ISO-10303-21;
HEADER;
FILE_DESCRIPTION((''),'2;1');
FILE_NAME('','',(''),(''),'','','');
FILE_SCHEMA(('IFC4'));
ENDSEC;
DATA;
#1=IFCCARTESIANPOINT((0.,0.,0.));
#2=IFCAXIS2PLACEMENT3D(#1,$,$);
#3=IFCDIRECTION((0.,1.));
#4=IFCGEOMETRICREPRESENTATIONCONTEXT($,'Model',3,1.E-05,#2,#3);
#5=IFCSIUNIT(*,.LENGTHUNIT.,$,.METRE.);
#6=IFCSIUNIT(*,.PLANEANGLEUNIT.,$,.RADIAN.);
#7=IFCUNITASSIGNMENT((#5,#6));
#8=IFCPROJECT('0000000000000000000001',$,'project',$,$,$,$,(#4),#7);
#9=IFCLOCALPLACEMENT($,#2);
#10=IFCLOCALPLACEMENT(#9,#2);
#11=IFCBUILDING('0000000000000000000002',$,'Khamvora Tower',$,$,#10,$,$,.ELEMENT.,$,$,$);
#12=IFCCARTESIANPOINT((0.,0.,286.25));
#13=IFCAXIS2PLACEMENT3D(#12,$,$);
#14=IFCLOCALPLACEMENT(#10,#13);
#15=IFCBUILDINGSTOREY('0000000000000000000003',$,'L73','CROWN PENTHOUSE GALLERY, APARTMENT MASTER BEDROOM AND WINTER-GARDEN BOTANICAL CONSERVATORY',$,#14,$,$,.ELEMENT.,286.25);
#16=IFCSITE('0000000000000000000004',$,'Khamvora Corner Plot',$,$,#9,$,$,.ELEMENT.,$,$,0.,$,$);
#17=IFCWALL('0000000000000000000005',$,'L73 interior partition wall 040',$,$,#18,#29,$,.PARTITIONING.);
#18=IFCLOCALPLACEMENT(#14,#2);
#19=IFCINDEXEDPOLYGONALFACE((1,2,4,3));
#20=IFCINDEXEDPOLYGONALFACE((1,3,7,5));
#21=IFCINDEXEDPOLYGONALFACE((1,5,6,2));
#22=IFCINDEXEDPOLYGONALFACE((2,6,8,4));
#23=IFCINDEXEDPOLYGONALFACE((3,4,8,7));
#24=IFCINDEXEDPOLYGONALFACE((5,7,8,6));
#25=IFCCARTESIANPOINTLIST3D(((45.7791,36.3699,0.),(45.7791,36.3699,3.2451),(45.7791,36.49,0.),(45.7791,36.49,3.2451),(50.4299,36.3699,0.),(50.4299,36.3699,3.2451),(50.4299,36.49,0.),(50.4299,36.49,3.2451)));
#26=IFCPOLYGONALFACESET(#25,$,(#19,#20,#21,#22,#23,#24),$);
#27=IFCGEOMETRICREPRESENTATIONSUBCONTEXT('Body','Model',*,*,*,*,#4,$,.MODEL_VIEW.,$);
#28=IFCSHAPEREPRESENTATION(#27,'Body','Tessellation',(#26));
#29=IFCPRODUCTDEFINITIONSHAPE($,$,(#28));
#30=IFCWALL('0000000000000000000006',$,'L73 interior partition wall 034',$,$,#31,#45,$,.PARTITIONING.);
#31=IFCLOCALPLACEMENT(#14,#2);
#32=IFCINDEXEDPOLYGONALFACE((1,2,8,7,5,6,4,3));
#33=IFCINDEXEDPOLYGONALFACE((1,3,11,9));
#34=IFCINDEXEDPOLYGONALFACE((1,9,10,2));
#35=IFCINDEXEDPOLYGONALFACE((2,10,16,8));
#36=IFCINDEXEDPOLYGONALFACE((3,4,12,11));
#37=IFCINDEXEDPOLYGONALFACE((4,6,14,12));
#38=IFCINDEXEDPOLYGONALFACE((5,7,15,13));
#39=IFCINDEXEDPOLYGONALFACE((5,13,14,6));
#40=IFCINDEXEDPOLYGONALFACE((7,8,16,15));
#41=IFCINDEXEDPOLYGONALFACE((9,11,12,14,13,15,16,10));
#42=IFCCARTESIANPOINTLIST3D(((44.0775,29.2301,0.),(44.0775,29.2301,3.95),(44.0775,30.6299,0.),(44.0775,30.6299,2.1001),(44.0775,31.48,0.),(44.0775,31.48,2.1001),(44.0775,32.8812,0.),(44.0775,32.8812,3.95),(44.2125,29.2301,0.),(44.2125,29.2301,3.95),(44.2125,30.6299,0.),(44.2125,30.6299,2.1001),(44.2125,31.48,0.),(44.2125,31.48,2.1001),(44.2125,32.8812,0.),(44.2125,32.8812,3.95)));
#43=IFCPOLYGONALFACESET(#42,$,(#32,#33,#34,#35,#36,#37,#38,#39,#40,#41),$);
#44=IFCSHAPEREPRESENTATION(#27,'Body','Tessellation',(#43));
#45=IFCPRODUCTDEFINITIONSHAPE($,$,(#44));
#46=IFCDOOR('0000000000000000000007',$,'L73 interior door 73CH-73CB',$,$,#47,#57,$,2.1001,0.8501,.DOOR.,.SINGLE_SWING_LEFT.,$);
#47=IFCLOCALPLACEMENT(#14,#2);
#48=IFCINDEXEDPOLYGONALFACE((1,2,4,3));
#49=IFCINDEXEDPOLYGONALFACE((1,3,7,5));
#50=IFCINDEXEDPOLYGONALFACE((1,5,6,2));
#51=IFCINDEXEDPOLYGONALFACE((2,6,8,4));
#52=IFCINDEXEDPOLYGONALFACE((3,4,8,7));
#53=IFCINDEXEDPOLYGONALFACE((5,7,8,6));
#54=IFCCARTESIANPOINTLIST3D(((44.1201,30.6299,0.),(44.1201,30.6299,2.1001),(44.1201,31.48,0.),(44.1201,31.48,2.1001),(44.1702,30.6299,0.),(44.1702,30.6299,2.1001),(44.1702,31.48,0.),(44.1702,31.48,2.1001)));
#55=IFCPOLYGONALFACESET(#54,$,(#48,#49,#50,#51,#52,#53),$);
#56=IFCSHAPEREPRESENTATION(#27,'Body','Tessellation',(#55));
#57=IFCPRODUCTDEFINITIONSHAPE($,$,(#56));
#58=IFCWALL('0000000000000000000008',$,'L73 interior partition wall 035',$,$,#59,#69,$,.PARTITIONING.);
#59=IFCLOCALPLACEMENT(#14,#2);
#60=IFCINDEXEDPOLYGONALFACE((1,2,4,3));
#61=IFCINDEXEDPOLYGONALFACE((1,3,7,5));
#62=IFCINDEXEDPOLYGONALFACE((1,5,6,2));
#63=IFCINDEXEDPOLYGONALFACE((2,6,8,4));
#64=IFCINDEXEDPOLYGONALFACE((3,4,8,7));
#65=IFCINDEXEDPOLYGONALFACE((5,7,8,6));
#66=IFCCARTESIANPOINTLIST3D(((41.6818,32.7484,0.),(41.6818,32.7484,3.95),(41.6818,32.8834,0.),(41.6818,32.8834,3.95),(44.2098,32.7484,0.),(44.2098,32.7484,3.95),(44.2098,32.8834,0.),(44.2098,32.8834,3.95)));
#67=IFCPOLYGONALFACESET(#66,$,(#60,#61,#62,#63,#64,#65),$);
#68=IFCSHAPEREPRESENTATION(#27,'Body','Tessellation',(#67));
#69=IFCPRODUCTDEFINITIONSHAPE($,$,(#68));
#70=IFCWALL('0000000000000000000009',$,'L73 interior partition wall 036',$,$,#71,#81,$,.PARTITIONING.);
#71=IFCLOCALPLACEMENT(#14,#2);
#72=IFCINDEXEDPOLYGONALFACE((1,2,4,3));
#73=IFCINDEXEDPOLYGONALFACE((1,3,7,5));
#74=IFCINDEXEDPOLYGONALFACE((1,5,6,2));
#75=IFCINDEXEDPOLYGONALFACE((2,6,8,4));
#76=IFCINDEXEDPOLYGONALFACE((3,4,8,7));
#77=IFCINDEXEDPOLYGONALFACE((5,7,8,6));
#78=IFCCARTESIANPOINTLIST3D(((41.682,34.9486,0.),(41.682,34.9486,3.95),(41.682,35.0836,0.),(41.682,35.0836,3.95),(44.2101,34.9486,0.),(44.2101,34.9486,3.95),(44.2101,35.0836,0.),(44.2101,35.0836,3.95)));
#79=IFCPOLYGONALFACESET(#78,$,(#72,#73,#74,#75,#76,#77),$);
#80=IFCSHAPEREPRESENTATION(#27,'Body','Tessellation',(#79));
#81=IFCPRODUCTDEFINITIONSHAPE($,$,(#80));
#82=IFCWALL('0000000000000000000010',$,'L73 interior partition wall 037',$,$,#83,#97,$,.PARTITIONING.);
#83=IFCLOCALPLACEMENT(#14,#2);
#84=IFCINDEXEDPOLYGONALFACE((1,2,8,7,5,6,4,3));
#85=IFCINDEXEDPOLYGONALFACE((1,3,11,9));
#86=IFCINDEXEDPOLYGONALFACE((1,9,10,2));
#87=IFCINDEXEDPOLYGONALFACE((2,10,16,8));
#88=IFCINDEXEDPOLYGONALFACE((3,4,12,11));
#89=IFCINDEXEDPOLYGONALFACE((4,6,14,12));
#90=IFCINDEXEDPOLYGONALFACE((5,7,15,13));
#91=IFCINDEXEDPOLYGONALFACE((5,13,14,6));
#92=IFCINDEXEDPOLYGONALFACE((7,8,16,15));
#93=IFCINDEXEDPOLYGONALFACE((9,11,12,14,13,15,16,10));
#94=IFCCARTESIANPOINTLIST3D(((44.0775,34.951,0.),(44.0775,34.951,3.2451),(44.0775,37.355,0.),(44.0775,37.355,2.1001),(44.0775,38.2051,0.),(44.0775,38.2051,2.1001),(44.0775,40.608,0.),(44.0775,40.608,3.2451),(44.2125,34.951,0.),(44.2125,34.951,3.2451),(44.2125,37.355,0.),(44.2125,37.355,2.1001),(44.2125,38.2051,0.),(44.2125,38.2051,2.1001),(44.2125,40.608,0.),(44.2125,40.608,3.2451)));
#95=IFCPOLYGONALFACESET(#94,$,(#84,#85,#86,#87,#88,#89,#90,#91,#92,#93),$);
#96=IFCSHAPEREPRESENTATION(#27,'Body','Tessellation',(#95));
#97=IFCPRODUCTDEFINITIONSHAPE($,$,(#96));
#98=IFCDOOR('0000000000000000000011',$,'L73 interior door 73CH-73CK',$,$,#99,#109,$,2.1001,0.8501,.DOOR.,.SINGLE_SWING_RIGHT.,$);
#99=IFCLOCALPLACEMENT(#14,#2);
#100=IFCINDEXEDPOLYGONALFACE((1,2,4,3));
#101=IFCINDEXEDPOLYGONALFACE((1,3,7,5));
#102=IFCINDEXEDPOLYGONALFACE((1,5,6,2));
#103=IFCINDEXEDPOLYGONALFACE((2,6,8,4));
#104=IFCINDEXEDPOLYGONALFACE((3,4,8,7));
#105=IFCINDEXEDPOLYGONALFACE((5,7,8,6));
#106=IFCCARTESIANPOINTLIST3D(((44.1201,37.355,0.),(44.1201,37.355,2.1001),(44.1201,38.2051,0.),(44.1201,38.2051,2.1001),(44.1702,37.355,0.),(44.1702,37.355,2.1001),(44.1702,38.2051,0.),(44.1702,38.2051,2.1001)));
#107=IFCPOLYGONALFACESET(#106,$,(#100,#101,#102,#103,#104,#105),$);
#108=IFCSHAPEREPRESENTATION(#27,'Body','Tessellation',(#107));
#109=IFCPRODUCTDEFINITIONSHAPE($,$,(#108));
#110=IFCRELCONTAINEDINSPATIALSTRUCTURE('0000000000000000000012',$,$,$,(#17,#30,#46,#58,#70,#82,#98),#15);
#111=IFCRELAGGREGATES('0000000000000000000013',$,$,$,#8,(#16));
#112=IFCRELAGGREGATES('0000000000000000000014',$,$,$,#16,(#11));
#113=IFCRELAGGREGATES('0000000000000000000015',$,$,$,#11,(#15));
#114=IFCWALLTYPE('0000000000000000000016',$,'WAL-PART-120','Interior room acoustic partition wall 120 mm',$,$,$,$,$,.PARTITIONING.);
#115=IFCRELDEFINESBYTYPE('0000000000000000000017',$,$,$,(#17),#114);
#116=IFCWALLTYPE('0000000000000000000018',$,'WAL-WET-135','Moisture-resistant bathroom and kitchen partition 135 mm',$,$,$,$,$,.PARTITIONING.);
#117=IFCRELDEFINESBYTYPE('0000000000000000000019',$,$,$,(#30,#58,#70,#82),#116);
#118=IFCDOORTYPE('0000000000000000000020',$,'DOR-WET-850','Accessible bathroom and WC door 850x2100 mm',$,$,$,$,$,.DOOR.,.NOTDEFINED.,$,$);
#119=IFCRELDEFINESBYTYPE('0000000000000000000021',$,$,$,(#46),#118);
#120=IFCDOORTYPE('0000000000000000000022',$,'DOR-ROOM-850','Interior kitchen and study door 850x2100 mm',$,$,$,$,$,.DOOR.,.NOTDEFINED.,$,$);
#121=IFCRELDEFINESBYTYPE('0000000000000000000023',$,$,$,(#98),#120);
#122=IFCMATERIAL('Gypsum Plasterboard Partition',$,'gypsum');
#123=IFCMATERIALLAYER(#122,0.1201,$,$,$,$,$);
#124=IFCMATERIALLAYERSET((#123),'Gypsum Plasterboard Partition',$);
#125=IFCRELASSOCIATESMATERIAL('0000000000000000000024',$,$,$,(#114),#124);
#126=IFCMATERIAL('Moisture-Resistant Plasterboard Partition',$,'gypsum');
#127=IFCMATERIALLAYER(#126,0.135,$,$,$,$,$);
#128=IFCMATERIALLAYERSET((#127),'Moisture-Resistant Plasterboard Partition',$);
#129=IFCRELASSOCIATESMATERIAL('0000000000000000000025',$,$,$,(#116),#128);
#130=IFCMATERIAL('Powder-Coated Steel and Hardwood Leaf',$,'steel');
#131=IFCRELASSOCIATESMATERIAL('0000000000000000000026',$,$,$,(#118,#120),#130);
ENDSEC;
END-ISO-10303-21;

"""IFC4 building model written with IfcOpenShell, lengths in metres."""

from ifc_helpers import new_model, si_unit, direction, frame, frame_2d, origin, place, context, subcontext, project, spatial, rectangle, extrude, material, layer, layer_set, type_object, element, fill, save


model = new_model("IFC4")

# Units and contexts
model_context = context("Model", 3, precision=1e-05, world=origin(), true_north=direction((0.0, 1.0)))
body_context = subcontext(model_context, "Body", "Model", "MODEL_VIEW")
ifc_project = project(units=[si_unit("LENGTHUNIT", "METRE"), si_unit("PLANEANGLEUNIT", "RADIAN")], contexts=[model_context])

# Site, building, storey
site_placement = place(None, origin())
site = spatial("IfcSite", under=ifc_project, at=site_placement, Name="Khamvora Corner Plot", CompositionType="ELEMENT", RefElevation=0.0)
building_placement = place(site_placement, origin())
building = spatial("IfcBuilding", under=site, at=building_placement, Name="Khamvora Tower", CompositionType="ELEMENT")
storey_placement = place(building_placement, frame((0.0, 0.0, 286.25)))
storey = spatial("IfcBuildingStorey", under=building, at=storey_placement, Name="L73", Description="CROWN PENTHOUSE GALLERY, APARTMENT MASTER BEDROOM AND WINTER-GARDEN BOTANICAL CONSERVATORY", CompositionType="ELEMENT", Elevation=286.25)

# Shared definitions
ifc_material_1 = material(Name="Powder-Coated Steel and Hardwood Leaf", Category="steel")

# Shared definitions
ifc_material_2 = material(Name="Gypsum Plasterboard Partition", Category="gypsum")
ifc_layer_1 = layer(ifc_material_2, 0.1201)
ifc_layer_set_1 = layer_set([ifc_layer_1], Name="Gypsum Plasterboard Partition")
wall_type_1 = type_object("IfcWallType", Name="WAL-PART-120", Description="Interior room acoustic partition wall 120 mm", PredefinedType="PARTITIONING", material=ifc_layer_set_1)

# Wall
wall_1_placement = place(storey_placement, frame((45.7791, 36.4299, 0.0), z_axis=(0.0, 0.0, 1.0), x_axis=(1.0, 0.0, 0.0)))
element("IfcWall", 1, at=wall_1_placement, inside=storey, type_object=wall_type_1, Name="L73 interior partition wall 040", PredefinedType="PARTITIONING", context=body_context, shape_type="SweptSolid", body=[
    extrude(rectangle(XDim=4.6509, YDim=0.1201, at=frame_2d((2.3254, 0.0))), origin(), (0.0, 0.0, 1.0), 3.2451),
])

# Wall, opening, door
ifc_material_3 = material(Name="Moisture-Resistant Plasterboard Partition", Category="gypsum")
ifc_layer_2 = layer(ifc_material_3, 0.135)
ifc_layer_set_2 = layer_set([ifc_layer_2], Name="Moisture-Resistant Plasterboard Partition")
wall_type_2 = type_object("IfcWallType", Name="WAL-WET-135", Description="Moisture-resistant bathroom and kitchen partition 135 mm", PredefinedType="PARTITIONING", material=ifc_layer_set_2)
wall_2_placement = place(storey_placement, frame((44.145, 29.23, 0.0), z_axis=(0.0, 0.0, 1.0), x_axis=(0.0, 1.0, 0.0)))
wall_2 = element("IfcWall", 2, at=wall_2_placement, inside=storey, type_object=wall_type_2, Name="L73 interior partition wall 034", PredefinedType="PARTITIONING", context=body_context, shape_type="SweptSolid", body=[
    extrude(rectangle(XDim=3.6511, YDim=0.135, at=frame_2d((1.8257, 0.0))), origin(), (0.0, 0.0, 1.0), 3.95),
])
opening_1_placement = place(wall_2_placement, frame((1.3999, 0.0, 0.0)))
opening_1 = element("IfcOpeningElement", 3, at=opening_1_placement, cuts=wall_2, PredefinedType="OPENING", context=body_context, shape_type="SweptSolid", body=[
    extrude(rectangle(XDim=0.8501, YDim=2.1001, at=frame_2d((0.425, 1.05))), frame((0.0, 0.0774, 0.0), z_axis=(0.0, -1.0, 0.0), x_axis=(1.0, 0.0, 0.0)), (0.0, 0.0, 1.0), 0.155),
])
door_type_1 = type_object("IfcDoorType", Name="DOR-WET-850", Description="Accessible bathroom and WC door 850x2100 mm", OperationType="NOTDEFINED", PredefinedType="DOOR", material=ifc_material_1)
door_1_placement = place(opening_1_placement, origin())
door_1 = element("IfcDoor", 4, at=door_1_placement, inside=storey, type_object=door_type_1, Name="L73 interior door 73CH-73CB", OperationType="SINGLE_SWING_LEFT", OverallHeight=2.1001, OverallWidth=0.8501, PredefinedType="DOOR", context=body_context, shape_type="SweptSolid", body=[
    extrude(rectangle(XDim=0.8501, YDim=2.1001, at=frame_2d((0.425, 1.05))), frame((0.0, 0.0249, 0.0), z_axis=(0.0, -1.0, 0.0), x_axis=(1.0, 0.0, 0.0)), (0.0, 0.0, 1.0), 0.05),
])
fill(opening_1, door_1)

# Walls
for number, where, z_axis, x_axis, name in (
    (5, (44.21, 32.8159, 0.0), (0.0, 0.0, 1.0), (-1.0, 0.0, 0.0), "L73 interior partition wall 035"),
    (6, (41.6819, 35.0161, 0.0), (0.0, 0.0, 1.0), (1.0, 0.0, 0.0), "L73 interior partition wall 036"),
):
    element("IfcWall", number, at=place(storey_placement, frame(where, z_axis=z_axis, x_axis=x_axis)), inside=storey, type_object=wall_type_2, Name=name, PredefinedType="PARTITIONING", context=body_context, shape_type="SweptSolid", body=[
        extrude(rectangle(XDim=2.5281, YDim=0.135, at=frame_2d((1.2642, 0.0))), origin(), (0.0, 0.0, 1.0), 3.95),
    ])

# Wall, opening, door
wall_3_placement = place(storey_placement, frame((44.145, 34.9509, 0.0), z_axis=(0.0, 0.0, 1.0), x_axis=(0.0, 1.0, 0.0)))
wall_3 = element("IfcWall", 7, at=wall_3_placement, inside=storey, type_object=wall_type_2, Name="L73 interior partition wall 037", PredefinedType="PARTITIONING", context=body_context, shape_type="SweptSolid", body=[
    extrude(rectangle(XDim=5.657, YDim=0.135, at=frame_2d((2.8286, 0.0))), origin(), (0.0, 0.0, 1.0), 3.2451),
])
opening_2_placement = place(wall_3_placement, frame((2.4041, 0.0, 0.0)))
opening_2 = element("IfcOpeningElement", 8, at=opening_2_placement, cuts=wall_3, PredefinedType="OPENING", context=body_context, shape_type="SweptSolid", body=[
    extrude(rectangle(XDim=0.8501, YDim=2.1001, at=frame_2d((0.425, 1.05))), frame((0.0, 0.0774, 0.0), z_axis=(0.0, -1.0, 0.0), x_axis=(1.0, 0.0, 0.0)), (0.0, 0.0, 1.0), 0.155),
])
door_type_2 = type_object("IfcDoorType", Name="DOR-ROOM-850", Description="Interior kitchen and study door 850x2100 mm", OperationType="NOTDEFINED", PredefinedType="DOOR", material=ifc_material_1)
door_2_placement = place(opening_2_placement, origin())
door_2 = element("IfcDoor", 9, at=door_2_placement, inside=storey, type_object=door_type_2, Name="L73 interior door 73CH-73CK", OperationType="SINGLE_SWING_RIGHT", OverallHeight=2.1001, OverallWidth=0.8501, PredefinedType="DOOR", context=body_context, shape_type="SweptSolid", body=[
    extrude(rectangle(XDim=0.8501, YDim=2.1001, at=frame_2d((0.425, 1.05))), frame((0.0, 0.0249, 0.0), z_axis=(0.0, -1.0, 0.0), x_axis=(1.0, 0.0, 0.0)), (0.0, 0.0, 1.0), 0.05),
])
fill(opening_2, door_2)

save(model, "model.ifc")
